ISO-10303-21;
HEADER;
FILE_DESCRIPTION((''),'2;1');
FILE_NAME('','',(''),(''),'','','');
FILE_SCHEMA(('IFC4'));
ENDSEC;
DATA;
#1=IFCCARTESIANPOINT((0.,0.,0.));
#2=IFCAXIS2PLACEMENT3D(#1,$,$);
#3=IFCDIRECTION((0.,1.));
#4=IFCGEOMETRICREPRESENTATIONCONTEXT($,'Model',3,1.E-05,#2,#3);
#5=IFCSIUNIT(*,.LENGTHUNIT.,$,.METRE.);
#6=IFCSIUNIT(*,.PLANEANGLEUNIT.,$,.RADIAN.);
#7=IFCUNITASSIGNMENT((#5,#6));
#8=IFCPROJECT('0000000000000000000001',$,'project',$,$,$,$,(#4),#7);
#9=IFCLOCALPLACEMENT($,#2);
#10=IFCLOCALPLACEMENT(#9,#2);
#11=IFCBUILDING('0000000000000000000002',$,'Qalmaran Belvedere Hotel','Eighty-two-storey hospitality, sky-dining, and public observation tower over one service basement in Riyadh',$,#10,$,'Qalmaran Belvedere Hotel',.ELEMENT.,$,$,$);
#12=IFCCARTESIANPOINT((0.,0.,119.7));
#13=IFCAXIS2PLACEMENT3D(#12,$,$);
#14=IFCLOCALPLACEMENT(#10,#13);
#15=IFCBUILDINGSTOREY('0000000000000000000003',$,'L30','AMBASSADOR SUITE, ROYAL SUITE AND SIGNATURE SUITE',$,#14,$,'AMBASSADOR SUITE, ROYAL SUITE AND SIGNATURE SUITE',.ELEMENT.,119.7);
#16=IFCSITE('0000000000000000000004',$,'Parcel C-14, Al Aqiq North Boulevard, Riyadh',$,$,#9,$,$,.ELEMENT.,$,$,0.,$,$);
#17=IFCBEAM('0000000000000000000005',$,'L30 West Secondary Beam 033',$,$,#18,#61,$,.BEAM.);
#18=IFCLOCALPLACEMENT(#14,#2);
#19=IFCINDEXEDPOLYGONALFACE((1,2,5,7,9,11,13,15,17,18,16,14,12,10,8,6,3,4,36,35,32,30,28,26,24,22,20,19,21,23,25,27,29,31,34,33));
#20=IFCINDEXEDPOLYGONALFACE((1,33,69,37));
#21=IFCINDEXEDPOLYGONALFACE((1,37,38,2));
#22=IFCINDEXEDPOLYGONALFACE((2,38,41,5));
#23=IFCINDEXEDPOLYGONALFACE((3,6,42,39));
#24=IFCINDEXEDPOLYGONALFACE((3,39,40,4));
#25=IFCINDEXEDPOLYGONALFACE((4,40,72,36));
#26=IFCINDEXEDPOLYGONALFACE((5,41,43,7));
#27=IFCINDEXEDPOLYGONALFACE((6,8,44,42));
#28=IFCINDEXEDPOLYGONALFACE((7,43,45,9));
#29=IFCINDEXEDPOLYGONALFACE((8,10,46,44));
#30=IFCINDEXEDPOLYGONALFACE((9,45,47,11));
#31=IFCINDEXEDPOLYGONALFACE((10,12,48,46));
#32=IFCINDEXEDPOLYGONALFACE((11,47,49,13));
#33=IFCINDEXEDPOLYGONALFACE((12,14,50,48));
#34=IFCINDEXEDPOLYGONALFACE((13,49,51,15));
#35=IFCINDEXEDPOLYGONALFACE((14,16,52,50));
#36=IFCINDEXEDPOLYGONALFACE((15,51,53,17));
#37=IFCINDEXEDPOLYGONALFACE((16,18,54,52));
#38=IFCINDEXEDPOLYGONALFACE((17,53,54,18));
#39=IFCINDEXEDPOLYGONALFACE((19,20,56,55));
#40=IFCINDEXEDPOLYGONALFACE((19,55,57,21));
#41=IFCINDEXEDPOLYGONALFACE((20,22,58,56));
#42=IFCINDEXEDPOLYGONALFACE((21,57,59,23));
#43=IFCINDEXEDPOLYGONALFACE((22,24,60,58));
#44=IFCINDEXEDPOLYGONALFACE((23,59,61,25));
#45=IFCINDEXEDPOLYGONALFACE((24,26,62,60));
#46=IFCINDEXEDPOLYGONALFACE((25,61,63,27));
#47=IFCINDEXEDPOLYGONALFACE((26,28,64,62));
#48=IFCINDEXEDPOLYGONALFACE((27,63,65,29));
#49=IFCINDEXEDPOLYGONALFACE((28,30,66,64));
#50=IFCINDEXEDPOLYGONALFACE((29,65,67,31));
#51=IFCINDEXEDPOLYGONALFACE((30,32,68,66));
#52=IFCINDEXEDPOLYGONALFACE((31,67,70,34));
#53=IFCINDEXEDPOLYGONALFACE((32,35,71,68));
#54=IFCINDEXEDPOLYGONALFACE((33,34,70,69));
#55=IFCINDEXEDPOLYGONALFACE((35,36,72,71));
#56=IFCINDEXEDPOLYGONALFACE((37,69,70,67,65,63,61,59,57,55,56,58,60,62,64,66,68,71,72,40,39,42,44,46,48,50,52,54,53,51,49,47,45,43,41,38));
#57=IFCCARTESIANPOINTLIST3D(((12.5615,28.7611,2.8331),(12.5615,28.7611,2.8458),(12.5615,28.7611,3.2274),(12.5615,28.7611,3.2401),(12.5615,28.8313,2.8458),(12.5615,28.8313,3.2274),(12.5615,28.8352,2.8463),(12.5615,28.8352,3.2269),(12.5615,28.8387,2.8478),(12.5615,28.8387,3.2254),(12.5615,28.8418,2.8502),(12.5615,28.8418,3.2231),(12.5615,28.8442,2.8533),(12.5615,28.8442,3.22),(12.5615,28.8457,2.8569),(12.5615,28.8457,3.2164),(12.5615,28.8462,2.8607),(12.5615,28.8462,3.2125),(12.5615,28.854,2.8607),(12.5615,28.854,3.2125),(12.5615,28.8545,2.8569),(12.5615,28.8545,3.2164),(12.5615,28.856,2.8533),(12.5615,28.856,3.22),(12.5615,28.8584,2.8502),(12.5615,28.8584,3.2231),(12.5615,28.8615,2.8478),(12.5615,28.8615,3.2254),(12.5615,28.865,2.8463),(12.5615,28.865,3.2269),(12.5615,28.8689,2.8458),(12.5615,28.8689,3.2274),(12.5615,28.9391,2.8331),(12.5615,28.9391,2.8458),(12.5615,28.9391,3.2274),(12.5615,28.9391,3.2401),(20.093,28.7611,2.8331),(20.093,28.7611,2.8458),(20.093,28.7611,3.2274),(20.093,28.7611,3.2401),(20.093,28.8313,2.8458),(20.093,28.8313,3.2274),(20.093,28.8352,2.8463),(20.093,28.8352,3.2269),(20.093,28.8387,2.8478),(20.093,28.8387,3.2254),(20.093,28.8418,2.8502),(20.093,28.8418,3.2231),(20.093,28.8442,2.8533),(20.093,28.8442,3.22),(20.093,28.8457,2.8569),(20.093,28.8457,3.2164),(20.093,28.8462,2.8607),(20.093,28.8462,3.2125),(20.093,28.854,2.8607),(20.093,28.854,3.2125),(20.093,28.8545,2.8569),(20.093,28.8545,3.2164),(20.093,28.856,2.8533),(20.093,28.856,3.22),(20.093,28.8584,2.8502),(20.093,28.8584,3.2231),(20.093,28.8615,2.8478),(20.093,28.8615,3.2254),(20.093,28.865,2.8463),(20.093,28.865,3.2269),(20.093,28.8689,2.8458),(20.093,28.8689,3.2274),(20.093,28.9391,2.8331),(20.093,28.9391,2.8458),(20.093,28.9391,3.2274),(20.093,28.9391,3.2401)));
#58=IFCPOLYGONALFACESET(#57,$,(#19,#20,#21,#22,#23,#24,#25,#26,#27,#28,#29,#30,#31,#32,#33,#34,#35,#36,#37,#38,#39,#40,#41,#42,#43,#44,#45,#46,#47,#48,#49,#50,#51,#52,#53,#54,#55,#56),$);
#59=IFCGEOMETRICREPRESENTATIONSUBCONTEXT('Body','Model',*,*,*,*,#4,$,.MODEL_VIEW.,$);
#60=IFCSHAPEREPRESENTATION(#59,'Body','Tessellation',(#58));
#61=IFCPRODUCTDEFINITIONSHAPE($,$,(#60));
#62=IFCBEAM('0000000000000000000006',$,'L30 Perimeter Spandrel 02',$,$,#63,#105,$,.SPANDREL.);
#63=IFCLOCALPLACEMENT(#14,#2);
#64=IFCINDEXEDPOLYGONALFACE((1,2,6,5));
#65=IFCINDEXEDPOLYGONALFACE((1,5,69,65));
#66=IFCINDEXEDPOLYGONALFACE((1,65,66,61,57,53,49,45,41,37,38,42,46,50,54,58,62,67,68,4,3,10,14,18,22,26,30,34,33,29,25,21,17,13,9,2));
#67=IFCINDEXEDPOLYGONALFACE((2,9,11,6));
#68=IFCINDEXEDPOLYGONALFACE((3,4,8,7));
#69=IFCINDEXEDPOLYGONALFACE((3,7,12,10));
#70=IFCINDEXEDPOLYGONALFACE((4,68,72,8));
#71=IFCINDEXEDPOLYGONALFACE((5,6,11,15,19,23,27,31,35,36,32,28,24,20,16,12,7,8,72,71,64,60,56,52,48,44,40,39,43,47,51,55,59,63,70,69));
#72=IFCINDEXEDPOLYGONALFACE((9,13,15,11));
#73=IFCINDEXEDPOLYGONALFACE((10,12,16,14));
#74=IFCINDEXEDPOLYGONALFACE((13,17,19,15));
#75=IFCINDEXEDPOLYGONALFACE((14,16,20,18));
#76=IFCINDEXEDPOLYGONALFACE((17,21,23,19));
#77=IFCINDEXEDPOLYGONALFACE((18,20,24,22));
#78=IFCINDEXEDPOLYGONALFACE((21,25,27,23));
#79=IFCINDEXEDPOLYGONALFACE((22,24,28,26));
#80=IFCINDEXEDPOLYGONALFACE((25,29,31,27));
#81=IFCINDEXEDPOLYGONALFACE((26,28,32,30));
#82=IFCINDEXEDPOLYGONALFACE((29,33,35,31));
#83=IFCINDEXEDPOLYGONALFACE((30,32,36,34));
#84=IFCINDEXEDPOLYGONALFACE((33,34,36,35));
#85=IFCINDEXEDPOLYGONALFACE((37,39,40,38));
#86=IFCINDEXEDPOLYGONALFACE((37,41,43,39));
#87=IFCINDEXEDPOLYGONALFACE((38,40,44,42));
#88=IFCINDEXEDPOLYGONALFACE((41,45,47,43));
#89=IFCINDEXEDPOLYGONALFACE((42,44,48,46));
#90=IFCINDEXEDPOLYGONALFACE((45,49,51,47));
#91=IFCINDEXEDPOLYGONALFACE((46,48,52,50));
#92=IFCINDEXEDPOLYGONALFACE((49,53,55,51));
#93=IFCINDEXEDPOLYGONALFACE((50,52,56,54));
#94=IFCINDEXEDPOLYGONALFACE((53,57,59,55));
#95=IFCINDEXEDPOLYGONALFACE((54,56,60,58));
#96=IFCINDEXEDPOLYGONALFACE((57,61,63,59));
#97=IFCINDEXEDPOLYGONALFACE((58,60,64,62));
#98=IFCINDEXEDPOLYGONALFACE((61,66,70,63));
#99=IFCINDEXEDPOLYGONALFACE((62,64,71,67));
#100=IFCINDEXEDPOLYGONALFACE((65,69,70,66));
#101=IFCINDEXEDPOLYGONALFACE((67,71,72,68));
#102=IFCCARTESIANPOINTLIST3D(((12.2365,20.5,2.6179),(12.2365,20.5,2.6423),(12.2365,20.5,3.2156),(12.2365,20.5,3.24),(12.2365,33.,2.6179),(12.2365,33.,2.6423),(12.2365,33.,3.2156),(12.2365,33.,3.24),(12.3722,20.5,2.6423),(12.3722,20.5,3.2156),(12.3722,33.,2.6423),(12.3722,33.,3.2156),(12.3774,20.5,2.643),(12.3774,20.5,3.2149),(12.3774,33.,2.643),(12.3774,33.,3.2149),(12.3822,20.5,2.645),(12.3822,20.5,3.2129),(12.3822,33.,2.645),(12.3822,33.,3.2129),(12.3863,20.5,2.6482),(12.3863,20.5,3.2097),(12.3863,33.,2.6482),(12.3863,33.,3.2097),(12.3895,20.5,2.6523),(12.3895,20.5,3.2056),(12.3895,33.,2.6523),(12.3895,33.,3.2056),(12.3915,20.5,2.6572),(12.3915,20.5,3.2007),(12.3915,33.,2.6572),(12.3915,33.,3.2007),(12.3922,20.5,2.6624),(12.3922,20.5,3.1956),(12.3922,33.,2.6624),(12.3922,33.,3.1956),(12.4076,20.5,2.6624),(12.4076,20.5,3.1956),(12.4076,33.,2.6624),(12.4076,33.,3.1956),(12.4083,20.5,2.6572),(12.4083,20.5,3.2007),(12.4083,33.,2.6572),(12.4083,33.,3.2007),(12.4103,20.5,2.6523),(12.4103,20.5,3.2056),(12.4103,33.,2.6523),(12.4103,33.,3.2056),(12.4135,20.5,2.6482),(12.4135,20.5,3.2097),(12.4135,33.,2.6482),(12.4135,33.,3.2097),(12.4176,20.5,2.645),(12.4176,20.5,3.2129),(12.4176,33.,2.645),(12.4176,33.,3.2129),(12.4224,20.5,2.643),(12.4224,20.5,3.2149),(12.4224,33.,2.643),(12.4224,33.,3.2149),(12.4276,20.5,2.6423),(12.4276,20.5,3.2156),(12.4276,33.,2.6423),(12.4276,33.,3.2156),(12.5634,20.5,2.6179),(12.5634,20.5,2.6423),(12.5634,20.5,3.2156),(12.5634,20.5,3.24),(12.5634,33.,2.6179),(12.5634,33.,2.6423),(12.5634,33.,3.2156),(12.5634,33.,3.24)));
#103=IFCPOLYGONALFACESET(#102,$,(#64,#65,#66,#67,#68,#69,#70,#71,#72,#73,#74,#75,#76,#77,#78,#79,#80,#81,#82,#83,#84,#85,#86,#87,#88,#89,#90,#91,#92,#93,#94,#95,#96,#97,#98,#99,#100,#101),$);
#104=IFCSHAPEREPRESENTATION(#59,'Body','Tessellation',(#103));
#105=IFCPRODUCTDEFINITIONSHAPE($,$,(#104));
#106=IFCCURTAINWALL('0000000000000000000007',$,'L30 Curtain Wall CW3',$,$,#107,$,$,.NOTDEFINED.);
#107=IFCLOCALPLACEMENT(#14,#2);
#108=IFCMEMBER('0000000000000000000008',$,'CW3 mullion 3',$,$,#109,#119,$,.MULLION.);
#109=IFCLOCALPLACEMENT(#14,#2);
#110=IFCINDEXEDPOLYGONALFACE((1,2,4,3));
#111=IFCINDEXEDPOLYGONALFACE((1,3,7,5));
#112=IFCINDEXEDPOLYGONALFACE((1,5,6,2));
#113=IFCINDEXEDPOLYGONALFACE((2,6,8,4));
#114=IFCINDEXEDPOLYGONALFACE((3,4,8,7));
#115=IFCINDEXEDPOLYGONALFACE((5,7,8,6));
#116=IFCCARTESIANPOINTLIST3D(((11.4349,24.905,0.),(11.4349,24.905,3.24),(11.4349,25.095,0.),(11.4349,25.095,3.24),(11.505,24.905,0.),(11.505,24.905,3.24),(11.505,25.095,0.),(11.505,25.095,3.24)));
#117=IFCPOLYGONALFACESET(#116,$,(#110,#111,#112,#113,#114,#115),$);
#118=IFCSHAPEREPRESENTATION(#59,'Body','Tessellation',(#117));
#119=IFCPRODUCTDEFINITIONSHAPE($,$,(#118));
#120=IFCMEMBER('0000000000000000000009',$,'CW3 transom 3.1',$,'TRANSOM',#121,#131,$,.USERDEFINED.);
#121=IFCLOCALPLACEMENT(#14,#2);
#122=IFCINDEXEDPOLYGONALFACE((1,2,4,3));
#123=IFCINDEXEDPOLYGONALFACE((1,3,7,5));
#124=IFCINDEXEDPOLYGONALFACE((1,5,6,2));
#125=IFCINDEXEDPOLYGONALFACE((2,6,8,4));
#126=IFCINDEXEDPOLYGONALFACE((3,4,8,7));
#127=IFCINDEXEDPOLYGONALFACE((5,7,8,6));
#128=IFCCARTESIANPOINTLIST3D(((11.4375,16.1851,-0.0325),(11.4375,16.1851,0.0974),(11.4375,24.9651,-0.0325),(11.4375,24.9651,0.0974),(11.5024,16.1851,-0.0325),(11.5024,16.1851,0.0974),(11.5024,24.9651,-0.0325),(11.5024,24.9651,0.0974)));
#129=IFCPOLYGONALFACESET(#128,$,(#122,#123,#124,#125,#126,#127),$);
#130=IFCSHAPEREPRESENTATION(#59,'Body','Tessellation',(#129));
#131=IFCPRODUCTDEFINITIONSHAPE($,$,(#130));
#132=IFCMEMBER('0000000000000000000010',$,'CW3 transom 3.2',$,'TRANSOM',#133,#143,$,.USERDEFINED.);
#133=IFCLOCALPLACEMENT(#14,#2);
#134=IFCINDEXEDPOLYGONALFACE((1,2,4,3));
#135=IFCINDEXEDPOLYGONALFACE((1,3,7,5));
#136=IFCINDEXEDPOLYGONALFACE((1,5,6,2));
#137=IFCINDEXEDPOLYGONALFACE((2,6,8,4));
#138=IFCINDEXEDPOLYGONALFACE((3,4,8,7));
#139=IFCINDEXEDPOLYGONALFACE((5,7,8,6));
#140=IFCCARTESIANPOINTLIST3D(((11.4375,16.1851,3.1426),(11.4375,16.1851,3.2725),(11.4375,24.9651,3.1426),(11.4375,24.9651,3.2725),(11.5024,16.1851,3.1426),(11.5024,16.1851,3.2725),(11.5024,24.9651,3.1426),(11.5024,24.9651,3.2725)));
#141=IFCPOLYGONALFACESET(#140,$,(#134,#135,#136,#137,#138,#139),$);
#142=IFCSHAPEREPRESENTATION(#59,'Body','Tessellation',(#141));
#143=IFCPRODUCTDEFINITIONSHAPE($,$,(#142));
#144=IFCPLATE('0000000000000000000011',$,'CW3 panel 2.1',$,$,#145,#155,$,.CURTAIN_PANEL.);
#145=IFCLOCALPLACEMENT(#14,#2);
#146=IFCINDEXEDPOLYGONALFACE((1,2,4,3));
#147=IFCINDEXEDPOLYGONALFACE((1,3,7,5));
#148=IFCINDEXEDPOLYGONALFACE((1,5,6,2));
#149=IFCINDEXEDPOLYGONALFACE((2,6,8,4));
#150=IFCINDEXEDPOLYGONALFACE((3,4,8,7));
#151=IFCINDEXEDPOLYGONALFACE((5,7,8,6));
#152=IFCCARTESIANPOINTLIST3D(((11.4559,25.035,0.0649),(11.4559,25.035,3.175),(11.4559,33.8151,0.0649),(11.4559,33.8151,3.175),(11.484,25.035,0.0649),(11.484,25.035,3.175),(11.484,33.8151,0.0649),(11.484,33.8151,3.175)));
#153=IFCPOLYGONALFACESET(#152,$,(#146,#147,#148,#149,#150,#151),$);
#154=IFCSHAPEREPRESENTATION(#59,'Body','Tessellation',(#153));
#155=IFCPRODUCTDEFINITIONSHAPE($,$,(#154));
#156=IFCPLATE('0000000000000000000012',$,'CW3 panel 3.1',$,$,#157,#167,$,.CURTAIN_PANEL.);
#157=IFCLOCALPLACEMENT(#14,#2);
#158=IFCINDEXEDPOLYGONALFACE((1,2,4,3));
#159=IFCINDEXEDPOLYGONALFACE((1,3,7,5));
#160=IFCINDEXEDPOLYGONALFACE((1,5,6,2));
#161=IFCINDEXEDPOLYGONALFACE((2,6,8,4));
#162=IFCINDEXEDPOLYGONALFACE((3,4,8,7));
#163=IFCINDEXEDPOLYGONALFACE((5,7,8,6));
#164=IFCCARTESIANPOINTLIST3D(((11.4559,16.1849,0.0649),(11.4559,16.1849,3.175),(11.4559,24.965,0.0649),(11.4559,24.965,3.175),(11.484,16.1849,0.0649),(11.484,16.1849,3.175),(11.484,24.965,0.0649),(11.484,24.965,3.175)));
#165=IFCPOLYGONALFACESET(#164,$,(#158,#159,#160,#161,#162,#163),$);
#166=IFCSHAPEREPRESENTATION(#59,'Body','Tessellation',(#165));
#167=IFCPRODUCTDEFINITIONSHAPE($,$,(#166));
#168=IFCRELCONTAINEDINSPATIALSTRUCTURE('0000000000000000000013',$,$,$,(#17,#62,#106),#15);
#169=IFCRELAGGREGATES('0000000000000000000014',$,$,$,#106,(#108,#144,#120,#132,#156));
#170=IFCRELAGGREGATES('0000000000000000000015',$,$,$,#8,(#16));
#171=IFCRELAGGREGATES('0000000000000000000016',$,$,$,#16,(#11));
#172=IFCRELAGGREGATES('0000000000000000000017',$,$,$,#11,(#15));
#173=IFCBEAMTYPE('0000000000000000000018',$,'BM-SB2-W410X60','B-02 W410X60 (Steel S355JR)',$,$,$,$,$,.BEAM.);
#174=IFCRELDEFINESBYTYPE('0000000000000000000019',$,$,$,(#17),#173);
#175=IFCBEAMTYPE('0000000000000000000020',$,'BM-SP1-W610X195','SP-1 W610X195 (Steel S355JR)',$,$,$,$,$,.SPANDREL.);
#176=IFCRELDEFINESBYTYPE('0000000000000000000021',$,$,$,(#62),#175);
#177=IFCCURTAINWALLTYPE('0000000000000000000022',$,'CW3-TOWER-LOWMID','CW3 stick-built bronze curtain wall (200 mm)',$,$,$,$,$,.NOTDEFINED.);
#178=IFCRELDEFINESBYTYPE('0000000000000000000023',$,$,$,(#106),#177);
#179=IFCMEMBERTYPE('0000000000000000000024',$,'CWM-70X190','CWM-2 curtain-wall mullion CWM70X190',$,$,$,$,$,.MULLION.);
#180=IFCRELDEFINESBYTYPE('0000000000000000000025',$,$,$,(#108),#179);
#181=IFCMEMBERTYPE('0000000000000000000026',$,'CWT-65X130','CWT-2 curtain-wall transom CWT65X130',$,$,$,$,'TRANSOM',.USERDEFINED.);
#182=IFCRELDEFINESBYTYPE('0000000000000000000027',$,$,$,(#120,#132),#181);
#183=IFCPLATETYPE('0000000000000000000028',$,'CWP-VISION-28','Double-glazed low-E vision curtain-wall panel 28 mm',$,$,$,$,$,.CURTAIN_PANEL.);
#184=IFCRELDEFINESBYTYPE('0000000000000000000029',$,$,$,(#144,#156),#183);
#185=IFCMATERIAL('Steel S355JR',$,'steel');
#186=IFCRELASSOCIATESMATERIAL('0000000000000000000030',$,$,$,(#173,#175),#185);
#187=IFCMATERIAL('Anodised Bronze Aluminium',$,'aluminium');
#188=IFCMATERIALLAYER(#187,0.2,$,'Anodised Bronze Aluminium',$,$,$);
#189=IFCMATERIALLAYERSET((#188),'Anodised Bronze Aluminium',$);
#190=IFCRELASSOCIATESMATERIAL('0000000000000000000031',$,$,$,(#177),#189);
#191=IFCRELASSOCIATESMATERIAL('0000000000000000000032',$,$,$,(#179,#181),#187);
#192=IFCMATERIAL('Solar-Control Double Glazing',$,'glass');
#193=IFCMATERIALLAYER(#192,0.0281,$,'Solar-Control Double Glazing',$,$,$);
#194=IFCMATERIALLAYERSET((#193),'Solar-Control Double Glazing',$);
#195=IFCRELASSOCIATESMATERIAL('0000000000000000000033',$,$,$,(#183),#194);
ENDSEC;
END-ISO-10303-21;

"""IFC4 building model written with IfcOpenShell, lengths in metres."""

from ifc_helpers import new_model, si_unit, direction, frame, origin, origin_2d, place, context, subcontext, project, spatial, rectangle, i_section, extrude, material, layer, layer_set, material_profile, profile_set, type_object, element, aggregate, save


model = new_model("IFC4")

# Units and contexts
model_context = context("Model", 3, precision=1e-05, world=origin(), true_north=direction((0.0, 1.0)))
body_context = subcontext(model_context, "Body", "Model", "MODEL_VIEW")
ifc_project = project(units=[si_unit("LENGTHUNIT", "METRE"), si_unit("PLANEANGLEUNIT", "RADIAN")], contexts=[model_context])

# Site, building, storey
site_placement = place(None, origin())
site = spatial("IfcSite", under=ifc_project, at=site_placement, Name="Parcel C-14, Al Aqiq North Boulevard, Riyadh", CompositionType="ELEMENT", RefElevation=0.0)
building_placement = place(site_placement, origin())
building = spatial("IfcBuilding", under=site, at=building_placement, Name="Qalmaran Belvedere Hotel", Description="Eighty-two-storey hospitality, sky-dining, and public observation tower over one service basement in Riyadh", LongName="Qalmaran Belvedere Hotel", CompositionType="ELEMENT")
storey_placement = place(building_placement, frame((0.0, 0.0, 119.7)))
storey = spatial("IfcBuildingStorey", under=building, at=storey_placement, Name="L30", Description="AMBASSADOR SUITE, ROYAL SUITE AND SIGNATURE SUITE", LongName="AMBASSADOR SUITE, ROYAL SUITE AND SIGNATURE SUITE", CompositionType="ELEMENT", Elevation=119.7)

# Beams
ifc_material_1 = material(Name="Steel S355JR", Category="steel")
ifc_material_profile_1 = material_profile(ifc_material_1, i_section(OverallWidth=0.178, OverallDepth=0.407, WebThickness=0.0078, FlangeThickness=0.0127, FilletRadius=0.0149, at=origin_2d()), Name="W410X60")
ifc_profile_set_1 = profile_set([ifc_material_profile_1], Name="Steel S355JR")
beam_type_1 = type_object("IfcBeamType", Name="BM-SB2-W410X60", Description="B-02 W410X60 (Steel S355JR)", PredefinedType="BEAM", material=ifc_profile_set_1)
for number, where, z_axis, x_axis, name in (
    (1, (12.5615, 28.8501, 3.0366), (1.0, 0.0, 0.0), (0.0, 1.0, 0.0), "L30 West Secondary Beam 033"),
):
    element("IfcBeam", number, at=place(storey_placement, frame(where, z_axis=z_axis, x_axis=x_axis)), inside=storey, type_object=beam_type_1, Name=name, PredefinedType="BEAM", context=body_context, shape_type="SweptSolid", body=[
        extrude(i_section(OverallWidth=0.178, OverallDepth=0.407, WebThickness=0.0078, FlangeThickness=0.0127, FilletRadius=0.0149, at=origin_2d()), origin(), (0.0, 0.0, 1.0), 7.5315),
    ])
ifc_material_profile_2 = material_profile(ifc_material_1, i_section(OverallWidth=0.3269, OverallDepth=0.6221, WebThickness=0.0154, FlangeThickness=0.0244, FilletRadius=0.02, at=origin_2d()), Name="W610X195")
ifc_profile_set_2 = profile_set([ifc_material_profile_2], Name="Steel S355JR")
beam_type_2 = type_object("IfcBeamType", Name="BM-SP1-W610X195", Description="SP-1 W610X195 (Steel S355JR)", PredefinedType="SPANDREL", material=ifc_profile_set_2)
beam_placement = place(storey_placement, frame((12.3999, 20.5, 2.929), z_axis=(0.0, 1.0, 0.0), x_axis=(-1.0, 0.0, 0.0)))
element("IfcBeam", 2, at=beam_placement, inside=storey, type_object=beam_type_2, Name="L30 Perimeter Spandrel 02", PredefinedType="SPANDREL", context=body_context, shape_type="SweptSolid", body=[
    extrude(i_section(OverallWidth=0.3269, OverallDepth=0.6221, WebThickness=0.0154, FlangeThickness=0.0244, FilletRadius=0.02, at=origin_2d()), origin(), (0.0, 0.0, 1.0), 12.5),
])

# Curtain wall, members, plates
ifc_material_2 = material(Name="Anodised Bronze Aluminium", Category="aluminium")
ifc_layer_1 = layer(ifc_material_2, 0.2, Name="Anodised Bronze Aluminium")
ifc_layer_set_1 = layer_set([ifc_layer_1], Name="Anodised Bronze Aluminium")
curtain_wall_type = type_object("IfcCurtainWallType", Name="CW3-TOWER-LOWMID", Description="CW3 stick-built bronze curtain wall (200 mm)", PredefinedType="NOTDEFINED", material=ifc_layer_set_1)
curtain_wall_placement = place(storey_placement, origin())
curtain_wall = element("IfcCurtainWall", 3, at=curtain_wall_placement, inside=storey, type_object=curtain_wall_type, Name="L30 Curtain Wall CW3", PredefinedType="NOTDEFINED")
ifc_material_profile_3 = material_profile(ifc_material_2, rectangle(XDim=0.0701, YDim=0.1899, at=origin_2d()), Name="CWM70X190")
ifc_profile_set_3 = profile_set([ifc_material_profile_3], Name="Anodised Bronze Aluminium")
member_type_1 = type_object("IfcMemberType", Name="CWM-70X190", Description="CWM-2 curtain-wall mullion CWM70X190", PredefinedType="MULLION", material=ifc_profile_set_3)
member_1_placement = place(storey_placement, frame((11.47, 25.0, 0.0), z_axis=(0.0, 0.0, 1.0), x_axis=(1.0, 0.0, 0.0)))
member_1 = element("IfcMember", 4, at=member_1_placement, type_object=member_type_1, Name="CW3 mullion 3", PredefinedType="MULLION", context=body_context, shape_type="SweptSolid", body=[
    extrude(rectangle(XDim=0.0701, YDim=0.1899, at=origin_2d()), origin(), (0.0, 0.0, 1.0), 3.24),
])
ifc_material_profile_4 = material_profile(ifc_material_2, rectangle(XDim=0.0649, YDim=0.1299, at=origin_2d()), Name="CWT65X130")
ifc_profile_set_4 = profile_set([ifc_material_profile_4], Name="Anodised Bronze Aluminium")
member_type_2 = type_object("IfcMemberType", Name="CWT-65X130", Description="CWT-2 curtain-wall transom CWT65X130", ElementType="TRANSOM", PredefinedType="USERDEFINED", material=ifc_profile_set_4)
member_2_placement = place(storey_placement, frame((11.47, 24.9651, 0.0325), z_axis=(0.0, -1.0, 0.0), x_axis=(1.0, 0.0, 0.0)))
member_2 = element("IfcMember", 5, at=member_2_placement, type_object=member_type_2, Name="CW3 transom 3.1", ObjectType="TRANSOM", PredefinedType="USERDEFINED", context=body_context, shape_type="SweptSolid", body=[
    extrude(rectangle(XDim=0.0649, YDim=0.1299, at=origin_2d()), origin(), (0.0, 0.0, 1.0), 8.78),
])
member_3_placement = place(storey_placement, frame((11.47, 24.9651, 3.2075), z_axis=(0.0, -1.0, 0.0), x_axis=(1.0, 0.0, 0.0)))
member_3 = element("IfcMember", 6, at=member_3_placement, type_object=member_type_2, Name="CW3 transom 3.2", ObjectType="TRANSOM", PredefinedType="USERDEFINED", context=body_context, shape_type="SweptSolid", body=[
    extrude(rectangle(XDim=0.0649, YDim=0.1299, at=origin_2d()), origin(), (0.0, 0.0, 1.0), 8.78),
])
ifc_material_3 = material(Name="Solar-Control Double Glazing", Category="glass")
ifc_layer_2 = layer(ifc_material_3, 0.0281, Name="Solar-Control Double Glazing")
ifc_layer_set_2 = layer_set([ifc_layer_2], Name="Solar-Control Double Glazing")
plate_type = type_object("IfcPlateType", Name="CWP-VISION-28", Description="Double-glazed low-E vision curtain-wall panel 28 mm", PredefinedType="CURTAIN_PANEL", material=ifc_layer_set_2)
plate_1_placement = place(storey_placement, frame((11.47, 29.425, 0.0649), z_axis=(0.0, 0.0, 1.0), x_axis=(0.0, -1.0, 0.0)))
plate_1 = element("IfcPlate", 7, at=plate_1_placement, type_object=plate_type, Name="CW3 panel 2.1", PredefinedType="CURTAIN_PANEL", context=body_context, shape_type="SweptSolid", body=[
    extrude(rectangle(XDim=8.78, YDim=0.0281, at=origin_2d()), origin(), (0.0, 0.0, 1.0), 3.1101),
])
plate_2_placement = place(storey_placement, frame((11.47, 20.575, 0.0649), z_axis=(0.0, 0.0, 1.0), x_axis=(0.0, -1.0, 0.0)))
plate_2 = element("IfcPlate", 8, at=plate_2_placement, type_object=plate_type, Name="CW3 panel 3.1", PredefinedType="CURTAIN_PANEL", context=body_context, shape_type="SweptSolid", body=[
    extrude(rectangle(XDim=8.78, YDim=0.0281, at=origin_2d()), origin(), (0.0, 0.0, 1.0), 3.1101),
])
aggregate(curtain_wall, [member_1, plate_1, member_2, member_3, plate_2])

save(model, "model.ifc")
